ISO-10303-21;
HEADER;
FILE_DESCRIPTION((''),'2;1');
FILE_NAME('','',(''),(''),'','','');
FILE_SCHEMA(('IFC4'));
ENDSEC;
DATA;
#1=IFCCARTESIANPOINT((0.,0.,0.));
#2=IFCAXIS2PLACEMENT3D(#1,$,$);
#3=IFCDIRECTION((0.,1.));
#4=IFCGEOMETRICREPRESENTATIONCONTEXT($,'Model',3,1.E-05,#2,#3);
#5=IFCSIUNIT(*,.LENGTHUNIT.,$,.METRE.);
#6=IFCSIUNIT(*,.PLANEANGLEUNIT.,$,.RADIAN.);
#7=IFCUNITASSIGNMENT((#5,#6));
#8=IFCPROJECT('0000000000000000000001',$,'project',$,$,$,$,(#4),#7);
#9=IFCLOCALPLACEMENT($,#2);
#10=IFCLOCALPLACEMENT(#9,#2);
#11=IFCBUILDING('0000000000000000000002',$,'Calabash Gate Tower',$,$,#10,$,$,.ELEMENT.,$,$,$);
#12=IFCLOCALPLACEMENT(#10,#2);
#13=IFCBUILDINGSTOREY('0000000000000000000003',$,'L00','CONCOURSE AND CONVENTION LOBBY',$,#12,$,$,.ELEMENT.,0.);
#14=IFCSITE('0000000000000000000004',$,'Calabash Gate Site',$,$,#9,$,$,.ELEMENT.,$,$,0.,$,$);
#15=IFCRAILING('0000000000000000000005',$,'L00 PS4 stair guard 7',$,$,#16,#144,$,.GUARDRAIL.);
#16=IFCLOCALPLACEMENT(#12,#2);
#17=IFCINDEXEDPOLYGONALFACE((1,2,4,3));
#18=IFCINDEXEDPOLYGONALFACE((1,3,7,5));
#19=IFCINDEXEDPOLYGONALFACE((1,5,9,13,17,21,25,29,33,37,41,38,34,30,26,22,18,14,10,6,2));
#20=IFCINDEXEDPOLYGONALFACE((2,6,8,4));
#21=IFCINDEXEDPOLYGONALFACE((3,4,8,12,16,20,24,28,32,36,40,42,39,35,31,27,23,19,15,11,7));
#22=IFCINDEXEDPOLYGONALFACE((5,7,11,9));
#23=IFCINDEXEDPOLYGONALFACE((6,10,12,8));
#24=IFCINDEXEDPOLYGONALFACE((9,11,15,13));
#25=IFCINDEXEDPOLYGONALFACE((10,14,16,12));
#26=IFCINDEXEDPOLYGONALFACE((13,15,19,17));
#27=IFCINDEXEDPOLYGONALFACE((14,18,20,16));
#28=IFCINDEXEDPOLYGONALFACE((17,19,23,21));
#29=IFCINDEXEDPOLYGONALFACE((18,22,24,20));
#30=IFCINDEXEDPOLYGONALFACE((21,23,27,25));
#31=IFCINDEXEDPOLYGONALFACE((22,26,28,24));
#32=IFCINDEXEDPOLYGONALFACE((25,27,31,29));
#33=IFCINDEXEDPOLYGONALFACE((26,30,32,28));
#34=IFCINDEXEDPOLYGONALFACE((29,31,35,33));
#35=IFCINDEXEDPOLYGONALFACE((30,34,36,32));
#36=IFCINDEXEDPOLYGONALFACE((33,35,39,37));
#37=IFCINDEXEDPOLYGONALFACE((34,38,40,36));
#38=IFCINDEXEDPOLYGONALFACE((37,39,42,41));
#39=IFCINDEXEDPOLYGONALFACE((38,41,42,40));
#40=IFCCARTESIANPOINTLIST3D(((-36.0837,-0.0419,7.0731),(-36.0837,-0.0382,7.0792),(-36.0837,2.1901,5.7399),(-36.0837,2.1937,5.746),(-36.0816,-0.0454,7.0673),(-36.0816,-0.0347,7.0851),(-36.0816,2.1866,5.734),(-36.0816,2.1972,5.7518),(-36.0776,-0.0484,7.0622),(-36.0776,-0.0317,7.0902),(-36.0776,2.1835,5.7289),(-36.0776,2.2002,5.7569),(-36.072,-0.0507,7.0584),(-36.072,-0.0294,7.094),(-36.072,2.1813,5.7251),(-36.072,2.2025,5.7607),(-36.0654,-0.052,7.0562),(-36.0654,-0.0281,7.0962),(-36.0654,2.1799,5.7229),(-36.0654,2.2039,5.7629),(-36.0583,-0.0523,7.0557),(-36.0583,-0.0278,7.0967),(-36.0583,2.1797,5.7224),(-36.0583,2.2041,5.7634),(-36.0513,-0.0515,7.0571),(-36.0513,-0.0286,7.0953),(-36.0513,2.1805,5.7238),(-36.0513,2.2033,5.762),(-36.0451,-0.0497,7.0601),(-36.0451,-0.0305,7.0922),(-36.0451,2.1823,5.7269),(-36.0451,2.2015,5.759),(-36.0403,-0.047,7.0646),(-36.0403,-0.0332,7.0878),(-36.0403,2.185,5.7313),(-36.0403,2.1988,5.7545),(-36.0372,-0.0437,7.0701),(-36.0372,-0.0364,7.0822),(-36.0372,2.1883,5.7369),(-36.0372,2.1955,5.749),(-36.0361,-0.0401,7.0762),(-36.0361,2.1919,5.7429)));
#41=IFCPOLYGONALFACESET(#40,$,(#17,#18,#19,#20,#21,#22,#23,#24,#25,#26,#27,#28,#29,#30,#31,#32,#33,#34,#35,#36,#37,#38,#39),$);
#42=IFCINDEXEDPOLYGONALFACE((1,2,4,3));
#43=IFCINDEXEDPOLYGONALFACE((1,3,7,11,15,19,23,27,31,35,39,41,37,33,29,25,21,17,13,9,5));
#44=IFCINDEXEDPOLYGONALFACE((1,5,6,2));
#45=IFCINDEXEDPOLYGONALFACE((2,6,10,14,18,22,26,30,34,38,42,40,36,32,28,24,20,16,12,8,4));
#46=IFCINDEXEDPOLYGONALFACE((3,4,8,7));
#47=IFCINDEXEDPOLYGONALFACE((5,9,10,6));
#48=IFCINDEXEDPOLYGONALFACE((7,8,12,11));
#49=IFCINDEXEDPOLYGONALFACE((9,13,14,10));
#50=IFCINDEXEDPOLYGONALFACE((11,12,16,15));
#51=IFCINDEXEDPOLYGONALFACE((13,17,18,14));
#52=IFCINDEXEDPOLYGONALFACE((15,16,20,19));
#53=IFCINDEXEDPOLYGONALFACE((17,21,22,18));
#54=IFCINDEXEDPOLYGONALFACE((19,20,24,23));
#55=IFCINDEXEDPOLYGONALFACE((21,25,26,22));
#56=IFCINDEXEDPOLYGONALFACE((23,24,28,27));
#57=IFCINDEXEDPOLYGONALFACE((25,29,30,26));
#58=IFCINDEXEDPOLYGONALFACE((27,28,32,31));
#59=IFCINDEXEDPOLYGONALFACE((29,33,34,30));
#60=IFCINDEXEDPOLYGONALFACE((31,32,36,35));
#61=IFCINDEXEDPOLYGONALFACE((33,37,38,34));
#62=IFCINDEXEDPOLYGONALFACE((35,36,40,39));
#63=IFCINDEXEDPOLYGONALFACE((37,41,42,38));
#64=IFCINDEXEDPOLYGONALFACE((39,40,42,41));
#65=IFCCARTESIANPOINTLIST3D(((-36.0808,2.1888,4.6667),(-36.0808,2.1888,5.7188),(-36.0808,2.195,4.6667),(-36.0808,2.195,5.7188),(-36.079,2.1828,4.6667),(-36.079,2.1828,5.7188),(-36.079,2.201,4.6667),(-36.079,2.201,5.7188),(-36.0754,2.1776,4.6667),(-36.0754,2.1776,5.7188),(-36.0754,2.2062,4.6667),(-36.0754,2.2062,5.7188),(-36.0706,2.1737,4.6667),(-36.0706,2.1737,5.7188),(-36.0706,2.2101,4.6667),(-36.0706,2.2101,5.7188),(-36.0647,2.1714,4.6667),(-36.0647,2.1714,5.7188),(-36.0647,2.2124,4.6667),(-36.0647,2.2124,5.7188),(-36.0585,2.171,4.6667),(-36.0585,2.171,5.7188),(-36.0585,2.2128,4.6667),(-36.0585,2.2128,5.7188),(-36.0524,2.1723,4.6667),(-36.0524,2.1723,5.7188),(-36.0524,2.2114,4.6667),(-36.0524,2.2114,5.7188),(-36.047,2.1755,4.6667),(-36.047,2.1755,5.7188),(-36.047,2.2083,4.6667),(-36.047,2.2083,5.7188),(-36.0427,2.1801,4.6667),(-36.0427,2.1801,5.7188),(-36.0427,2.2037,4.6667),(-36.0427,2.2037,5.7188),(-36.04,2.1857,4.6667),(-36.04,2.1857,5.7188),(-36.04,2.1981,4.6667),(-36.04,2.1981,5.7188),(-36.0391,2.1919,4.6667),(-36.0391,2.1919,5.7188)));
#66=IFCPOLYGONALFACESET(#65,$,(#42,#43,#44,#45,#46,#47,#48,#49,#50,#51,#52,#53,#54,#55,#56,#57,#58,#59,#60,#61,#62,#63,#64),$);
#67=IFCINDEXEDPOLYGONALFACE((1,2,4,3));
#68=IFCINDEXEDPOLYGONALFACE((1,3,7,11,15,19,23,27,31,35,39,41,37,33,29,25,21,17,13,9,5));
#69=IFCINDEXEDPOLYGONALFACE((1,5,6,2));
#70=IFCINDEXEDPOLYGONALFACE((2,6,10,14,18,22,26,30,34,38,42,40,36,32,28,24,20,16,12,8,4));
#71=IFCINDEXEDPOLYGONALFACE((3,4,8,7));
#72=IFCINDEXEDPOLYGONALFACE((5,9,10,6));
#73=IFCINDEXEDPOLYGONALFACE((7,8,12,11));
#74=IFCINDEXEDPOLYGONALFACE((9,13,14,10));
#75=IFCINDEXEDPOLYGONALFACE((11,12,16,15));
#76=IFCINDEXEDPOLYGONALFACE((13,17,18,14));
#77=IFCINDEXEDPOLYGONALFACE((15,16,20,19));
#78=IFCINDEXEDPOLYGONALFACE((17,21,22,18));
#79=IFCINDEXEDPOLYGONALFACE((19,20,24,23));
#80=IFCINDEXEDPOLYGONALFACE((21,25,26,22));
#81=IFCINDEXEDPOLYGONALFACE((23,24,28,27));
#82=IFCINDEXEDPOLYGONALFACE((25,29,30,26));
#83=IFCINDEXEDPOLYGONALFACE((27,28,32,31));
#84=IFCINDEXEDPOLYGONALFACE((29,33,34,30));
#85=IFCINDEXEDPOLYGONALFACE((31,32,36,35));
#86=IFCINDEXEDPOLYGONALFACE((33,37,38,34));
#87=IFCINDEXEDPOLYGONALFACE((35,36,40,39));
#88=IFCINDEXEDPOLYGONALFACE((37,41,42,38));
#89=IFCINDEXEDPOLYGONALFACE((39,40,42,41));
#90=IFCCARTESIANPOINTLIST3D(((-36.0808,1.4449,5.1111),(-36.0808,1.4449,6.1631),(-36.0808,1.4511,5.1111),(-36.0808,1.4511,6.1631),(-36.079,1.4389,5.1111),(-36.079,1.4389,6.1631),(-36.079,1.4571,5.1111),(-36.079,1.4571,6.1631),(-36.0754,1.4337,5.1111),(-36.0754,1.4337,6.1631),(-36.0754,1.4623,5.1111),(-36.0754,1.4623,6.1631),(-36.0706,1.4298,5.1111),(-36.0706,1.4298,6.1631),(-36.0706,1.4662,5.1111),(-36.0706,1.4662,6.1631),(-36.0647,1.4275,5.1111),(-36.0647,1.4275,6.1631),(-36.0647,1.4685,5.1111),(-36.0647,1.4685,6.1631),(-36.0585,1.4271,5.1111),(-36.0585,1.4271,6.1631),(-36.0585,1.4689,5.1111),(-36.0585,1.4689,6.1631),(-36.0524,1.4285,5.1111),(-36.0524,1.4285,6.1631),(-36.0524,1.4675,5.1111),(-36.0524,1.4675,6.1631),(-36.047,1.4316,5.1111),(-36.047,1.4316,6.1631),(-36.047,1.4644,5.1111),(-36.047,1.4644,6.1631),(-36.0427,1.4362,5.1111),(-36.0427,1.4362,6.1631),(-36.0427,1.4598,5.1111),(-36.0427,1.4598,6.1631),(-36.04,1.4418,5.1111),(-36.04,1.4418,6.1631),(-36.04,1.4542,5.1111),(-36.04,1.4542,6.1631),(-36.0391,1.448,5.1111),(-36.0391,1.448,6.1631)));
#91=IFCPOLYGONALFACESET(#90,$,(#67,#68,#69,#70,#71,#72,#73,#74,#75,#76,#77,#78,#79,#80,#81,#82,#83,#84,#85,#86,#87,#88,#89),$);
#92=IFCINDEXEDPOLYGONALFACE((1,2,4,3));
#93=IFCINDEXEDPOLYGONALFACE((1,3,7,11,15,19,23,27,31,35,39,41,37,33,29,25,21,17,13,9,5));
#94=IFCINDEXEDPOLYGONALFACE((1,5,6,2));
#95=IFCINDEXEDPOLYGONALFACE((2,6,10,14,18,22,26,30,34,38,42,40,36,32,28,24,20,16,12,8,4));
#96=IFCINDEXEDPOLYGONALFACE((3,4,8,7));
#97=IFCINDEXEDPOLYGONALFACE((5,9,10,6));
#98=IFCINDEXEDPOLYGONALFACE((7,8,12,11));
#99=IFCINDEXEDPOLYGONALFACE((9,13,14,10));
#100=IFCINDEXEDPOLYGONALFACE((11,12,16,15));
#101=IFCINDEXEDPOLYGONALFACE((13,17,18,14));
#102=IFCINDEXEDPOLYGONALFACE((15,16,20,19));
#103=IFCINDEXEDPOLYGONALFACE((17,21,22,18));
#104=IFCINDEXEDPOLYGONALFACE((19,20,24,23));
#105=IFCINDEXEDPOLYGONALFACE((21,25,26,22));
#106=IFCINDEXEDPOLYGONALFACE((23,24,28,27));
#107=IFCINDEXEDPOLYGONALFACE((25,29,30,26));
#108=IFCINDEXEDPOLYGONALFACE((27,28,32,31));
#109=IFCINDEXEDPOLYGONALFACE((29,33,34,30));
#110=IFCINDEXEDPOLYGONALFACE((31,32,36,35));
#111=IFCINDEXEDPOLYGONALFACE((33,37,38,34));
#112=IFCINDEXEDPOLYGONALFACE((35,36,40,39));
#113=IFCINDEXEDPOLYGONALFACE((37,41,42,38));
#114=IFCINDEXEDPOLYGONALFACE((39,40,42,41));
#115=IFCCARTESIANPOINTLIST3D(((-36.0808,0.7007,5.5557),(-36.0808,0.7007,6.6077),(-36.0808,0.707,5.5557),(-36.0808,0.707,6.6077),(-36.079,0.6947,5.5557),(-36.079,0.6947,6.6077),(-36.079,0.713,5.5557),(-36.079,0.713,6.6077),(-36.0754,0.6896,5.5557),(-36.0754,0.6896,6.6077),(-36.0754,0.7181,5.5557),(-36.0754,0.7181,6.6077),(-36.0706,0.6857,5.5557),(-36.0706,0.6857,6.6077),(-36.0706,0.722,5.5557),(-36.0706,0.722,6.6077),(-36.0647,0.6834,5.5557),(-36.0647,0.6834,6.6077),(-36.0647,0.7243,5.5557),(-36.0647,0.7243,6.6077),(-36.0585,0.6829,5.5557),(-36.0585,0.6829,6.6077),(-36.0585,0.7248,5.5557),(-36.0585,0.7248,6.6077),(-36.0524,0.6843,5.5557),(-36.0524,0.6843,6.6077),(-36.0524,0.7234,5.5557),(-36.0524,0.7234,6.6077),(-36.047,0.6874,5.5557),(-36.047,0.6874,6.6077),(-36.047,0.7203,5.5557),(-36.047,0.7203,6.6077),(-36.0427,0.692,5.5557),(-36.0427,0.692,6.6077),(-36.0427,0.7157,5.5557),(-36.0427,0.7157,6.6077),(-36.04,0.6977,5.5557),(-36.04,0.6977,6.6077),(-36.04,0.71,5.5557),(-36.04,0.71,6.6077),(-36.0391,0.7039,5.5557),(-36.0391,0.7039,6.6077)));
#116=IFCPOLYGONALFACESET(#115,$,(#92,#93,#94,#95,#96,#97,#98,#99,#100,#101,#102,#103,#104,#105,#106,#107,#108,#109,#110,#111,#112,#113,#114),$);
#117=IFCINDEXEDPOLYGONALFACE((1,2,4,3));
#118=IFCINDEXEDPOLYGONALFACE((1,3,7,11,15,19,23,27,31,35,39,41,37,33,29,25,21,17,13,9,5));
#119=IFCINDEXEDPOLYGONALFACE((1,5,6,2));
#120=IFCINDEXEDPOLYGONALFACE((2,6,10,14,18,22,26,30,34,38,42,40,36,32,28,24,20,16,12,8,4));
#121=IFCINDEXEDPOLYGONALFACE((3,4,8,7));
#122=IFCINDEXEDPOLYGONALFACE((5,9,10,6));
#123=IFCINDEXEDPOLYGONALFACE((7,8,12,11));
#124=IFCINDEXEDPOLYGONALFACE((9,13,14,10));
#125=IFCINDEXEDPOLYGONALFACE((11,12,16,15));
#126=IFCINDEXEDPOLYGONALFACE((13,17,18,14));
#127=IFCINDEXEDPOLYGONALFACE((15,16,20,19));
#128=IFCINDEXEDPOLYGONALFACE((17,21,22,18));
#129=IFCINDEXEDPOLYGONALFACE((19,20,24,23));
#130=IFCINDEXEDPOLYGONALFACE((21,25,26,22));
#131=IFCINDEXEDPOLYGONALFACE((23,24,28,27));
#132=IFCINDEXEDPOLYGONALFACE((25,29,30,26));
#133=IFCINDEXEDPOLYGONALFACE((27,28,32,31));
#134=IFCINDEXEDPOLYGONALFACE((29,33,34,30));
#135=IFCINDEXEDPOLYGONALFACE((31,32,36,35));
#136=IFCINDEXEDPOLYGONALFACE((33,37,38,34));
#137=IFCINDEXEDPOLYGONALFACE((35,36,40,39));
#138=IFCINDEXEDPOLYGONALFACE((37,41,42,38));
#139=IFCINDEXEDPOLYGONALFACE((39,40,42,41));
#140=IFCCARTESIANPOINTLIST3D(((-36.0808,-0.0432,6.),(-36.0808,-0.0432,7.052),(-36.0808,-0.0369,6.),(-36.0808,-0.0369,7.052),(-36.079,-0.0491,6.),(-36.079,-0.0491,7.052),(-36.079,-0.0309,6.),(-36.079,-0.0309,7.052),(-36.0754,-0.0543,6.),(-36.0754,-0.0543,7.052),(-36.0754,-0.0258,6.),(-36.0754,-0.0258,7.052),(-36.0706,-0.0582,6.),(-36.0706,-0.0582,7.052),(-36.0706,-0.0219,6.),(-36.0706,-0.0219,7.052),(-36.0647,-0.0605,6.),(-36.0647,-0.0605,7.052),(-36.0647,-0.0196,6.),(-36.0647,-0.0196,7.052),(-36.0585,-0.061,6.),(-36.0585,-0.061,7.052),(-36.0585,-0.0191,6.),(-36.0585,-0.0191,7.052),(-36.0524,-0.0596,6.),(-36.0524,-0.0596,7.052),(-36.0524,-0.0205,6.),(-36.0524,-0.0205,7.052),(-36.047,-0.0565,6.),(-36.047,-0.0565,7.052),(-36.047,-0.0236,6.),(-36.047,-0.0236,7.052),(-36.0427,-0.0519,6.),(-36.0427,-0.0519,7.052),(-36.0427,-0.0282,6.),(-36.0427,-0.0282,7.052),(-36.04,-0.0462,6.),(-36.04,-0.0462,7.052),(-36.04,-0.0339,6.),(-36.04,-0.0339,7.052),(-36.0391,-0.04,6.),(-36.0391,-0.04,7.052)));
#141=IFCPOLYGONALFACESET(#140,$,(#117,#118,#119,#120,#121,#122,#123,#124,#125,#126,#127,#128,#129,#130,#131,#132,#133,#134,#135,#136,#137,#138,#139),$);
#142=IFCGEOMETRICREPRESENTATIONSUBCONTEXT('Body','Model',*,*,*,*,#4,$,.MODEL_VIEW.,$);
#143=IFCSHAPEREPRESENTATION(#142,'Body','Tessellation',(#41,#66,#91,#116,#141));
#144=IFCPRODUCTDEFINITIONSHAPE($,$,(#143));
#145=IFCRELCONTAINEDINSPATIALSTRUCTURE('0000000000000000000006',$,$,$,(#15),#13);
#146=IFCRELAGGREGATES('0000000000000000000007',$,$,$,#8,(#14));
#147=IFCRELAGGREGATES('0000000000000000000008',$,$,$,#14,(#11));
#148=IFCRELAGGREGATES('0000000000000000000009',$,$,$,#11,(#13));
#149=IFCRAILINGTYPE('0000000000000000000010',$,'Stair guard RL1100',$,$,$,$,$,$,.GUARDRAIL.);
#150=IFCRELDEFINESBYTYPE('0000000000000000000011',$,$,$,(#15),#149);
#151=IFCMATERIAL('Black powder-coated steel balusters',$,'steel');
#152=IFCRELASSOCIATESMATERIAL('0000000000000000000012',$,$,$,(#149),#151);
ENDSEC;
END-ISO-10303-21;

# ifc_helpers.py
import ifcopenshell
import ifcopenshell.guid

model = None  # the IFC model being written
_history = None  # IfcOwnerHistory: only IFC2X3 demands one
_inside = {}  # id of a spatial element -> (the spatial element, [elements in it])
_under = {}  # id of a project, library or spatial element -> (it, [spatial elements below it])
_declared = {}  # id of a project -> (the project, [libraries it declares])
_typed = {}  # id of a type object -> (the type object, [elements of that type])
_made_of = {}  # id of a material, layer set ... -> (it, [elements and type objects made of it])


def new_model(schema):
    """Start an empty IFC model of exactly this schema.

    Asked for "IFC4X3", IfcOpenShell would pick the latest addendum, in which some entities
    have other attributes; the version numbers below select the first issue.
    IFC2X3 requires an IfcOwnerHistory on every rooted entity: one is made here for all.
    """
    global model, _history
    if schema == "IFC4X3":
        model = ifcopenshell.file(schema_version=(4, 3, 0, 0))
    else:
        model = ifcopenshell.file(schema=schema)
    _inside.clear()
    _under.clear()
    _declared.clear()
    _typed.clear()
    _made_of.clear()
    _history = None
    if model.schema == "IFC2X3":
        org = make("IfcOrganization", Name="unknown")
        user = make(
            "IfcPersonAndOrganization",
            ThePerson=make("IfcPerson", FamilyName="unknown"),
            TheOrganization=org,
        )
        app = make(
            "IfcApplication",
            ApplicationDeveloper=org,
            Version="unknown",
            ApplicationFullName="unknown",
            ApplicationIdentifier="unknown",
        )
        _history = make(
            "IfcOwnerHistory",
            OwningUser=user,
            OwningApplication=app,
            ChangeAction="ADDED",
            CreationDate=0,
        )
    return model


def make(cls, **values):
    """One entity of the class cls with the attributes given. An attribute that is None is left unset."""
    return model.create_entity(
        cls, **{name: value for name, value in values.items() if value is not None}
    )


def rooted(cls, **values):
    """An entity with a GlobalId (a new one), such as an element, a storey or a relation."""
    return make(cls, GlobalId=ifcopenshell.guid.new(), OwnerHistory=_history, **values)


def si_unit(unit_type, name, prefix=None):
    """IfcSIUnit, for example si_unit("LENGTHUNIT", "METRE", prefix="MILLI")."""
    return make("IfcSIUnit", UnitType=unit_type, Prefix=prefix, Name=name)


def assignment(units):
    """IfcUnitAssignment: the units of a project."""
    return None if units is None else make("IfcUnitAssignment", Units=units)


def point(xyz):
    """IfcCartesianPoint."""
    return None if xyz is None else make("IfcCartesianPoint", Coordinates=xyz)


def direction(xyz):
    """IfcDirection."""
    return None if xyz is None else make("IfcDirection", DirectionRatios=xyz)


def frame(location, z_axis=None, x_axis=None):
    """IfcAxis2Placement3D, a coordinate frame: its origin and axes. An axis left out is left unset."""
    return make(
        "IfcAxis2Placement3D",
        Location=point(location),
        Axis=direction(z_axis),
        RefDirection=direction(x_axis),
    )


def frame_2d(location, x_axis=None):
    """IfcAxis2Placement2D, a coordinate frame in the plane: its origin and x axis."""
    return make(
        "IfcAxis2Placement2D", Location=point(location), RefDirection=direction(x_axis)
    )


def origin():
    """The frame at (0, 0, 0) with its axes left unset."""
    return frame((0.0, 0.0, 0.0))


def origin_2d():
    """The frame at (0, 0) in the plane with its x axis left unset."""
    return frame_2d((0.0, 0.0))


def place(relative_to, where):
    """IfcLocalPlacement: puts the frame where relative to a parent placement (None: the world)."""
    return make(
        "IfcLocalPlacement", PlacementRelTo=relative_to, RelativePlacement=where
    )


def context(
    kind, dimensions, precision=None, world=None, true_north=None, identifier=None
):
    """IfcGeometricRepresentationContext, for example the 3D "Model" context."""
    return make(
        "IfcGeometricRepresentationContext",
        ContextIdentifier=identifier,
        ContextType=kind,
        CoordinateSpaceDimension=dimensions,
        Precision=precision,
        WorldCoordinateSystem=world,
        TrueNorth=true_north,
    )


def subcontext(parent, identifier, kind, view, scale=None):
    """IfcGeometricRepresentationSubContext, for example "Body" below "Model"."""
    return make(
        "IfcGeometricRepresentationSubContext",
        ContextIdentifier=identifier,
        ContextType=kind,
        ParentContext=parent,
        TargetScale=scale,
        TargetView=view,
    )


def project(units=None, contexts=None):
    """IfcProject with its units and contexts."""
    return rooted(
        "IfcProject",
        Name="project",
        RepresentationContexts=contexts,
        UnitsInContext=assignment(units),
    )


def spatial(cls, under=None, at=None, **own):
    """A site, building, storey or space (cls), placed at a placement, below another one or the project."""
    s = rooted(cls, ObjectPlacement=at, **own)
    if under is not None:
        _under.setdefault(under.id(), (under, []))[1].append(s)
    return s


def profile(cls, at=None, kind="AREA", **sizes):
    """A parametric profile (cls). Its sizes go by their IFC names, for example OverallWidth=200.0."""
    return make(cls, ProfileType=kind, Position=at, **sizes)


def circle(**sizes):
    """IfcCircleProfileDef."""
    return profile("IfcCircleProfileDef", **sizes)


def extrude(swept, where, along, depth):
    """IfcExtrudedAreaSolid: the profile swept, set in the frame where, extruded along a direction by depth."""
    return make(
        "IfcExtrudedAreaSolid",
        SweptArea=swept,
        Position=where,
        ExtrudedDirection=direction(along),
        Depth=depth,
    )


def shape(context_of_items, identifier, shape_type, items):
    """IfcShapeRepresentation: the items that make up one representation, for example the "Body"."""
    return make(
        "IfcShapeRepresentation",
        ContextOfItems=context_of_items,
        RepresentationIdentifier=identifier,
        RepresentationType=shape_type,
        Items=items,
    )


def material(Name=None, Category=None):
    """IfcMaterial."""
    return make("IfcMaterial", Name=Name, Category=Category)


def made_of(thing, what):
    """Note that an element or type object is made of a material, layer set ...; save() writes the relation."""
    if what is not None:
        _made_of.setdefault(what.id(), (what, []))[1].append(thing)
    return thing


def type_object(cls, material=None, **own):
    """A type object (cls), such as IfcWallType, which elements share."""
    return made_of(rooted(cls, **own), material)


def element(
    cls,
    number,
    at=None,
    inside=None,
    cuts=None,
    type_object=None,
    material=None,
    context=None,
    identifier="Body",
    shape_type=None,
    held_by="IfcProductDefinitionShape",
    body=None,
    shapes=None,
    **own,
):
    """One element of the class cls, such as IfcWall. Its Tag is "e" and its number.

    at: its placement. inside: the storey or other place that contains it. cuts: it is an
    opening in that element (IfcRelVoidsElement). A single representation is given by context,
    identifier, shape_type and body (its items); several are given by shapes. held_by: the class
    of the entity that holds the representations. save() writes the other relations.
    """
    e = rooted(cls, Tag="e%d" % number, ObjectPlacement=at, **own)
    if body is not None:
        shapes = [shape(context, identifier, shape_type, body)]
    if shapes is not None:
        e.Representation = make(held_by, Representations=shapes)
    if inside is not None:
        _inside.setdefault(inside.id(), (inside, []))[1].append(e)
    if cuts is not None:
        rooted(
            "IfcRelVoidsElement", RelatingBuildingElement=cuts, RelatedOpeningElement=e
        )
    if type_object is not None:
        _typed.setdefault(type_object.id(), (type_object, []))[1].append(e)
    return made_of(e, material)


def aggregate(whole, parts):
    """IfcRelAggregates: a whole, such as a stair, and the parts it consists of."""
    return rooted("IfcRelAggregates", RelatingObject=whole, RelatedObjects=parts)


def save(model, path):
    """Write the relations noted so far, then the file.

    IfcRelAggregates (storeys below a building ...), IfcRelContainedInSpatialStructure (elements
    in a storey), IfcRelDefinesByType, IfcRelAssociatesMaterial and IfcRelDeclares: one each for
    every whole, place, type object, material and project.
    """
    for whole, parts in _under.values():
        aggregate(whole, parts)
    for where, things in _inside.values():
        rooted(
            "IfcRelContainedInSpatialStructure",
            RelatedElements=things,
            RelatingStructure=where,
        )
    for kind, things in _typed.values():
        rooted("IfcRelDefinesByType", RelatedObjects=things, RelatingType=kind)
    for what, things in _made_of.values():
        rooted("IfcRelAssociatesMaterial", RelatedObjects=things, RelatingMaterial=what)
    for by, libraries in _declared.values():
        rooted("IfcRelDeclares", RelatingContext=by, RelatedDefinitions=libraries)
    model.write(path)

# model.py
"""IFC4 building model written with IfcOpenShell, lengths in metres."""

from ifc_helpers import new_model, si_unit, direction, frame, origin, origin_2d, place, context, subcontext, project, spatial, circle, extrude, material, type_object, element, save


model = new_model("IFC4")

# Units and contexts
model_context = context("Model", 3, precision=1e-05, world=origin(), true_north=direction((0.0, 1.0)))
body_context = subcontext(model_context, "Body", "Model", "MODEL_VIEW")
ifc_project = project(units=[si_unit("LENGTHUNIT", "METRE"), si_unit("PLANEANGLEUNIT", "RADIAN")], contexts=[model_context])

# Site, building, storey
site_placement = place(None, origin())
site = spatial("IfcSite", under=ifc_project, at=site_placement, Name="Calabash Gate Site", CompositionType="ELEMENT", RefElevation=0.0)
building_placement = place(site_placement, origin())
building = spatial("IfcBuilding", under=site, at=building_placement, Name="Calabash Gate Tower", CompositionType="ELEMENT")
storey_placement = place(building_placement, origin())
storey = spatial("IfcBuildingStorey", under=building, at=storey_placement, Name="L00", Description="CONCOURSE AND CONVENTION LOBBY", CompositionType="ELEMENT", Elevation=0.0)

# Railing
ifc_material_1 = material(Name="Black powder-coated steel balusters", Category="steel")
railing_type_1 = type_object("IfcRailingType", Name="Stair guard RL1100", PredefinedType="GUARDRAIL", material=ifc_material_1)
railing_1_placement = place(storey_placement, frame((-36.0601, 2.1919, 4.6667)))
element("IfcRailing", 1, at=railing_1_placement, inside=storey, type_object=railing_type_1, Name="L00 PS4 stair guard 7", PredefinedType="GUARDRAIL", context=body_context, shape_type="SweptSolid", body=[
    extrude(circle(Radius=0.0239, at=origin_2d()), frame((0.0, 0.0, 1.0762), z_axis=(0.0, -0.858494, 0.512824), x_axis=(1.0, 0.0, 0.0)), (0.0, 0.0, 1.0), 2.5999),
    extrude(circle(Radius=0.021, at=origin_2d()), origin(), (0.0, 0.0, 1.0), 1.052),
    extrude(circle(Radius=0.021, at=origin_2d()), frame((0.0, -0.7439, 0.4443)), (0.0, 0.0, 1.0), 1.052),
    extrude(circle(Radius=0.021, at=origin_2d()), frame((0.0, -1.488, 0.8889)), (0.0, 0.0, 1.0), 1.052),
    extrude(circle(Radius=0.021, at=origin_2d()), frame((0.0, -2.2319, 1.3333)), (0.0, 0.0, 1.0), 1.052),
])

save(model, "model.ifc")
